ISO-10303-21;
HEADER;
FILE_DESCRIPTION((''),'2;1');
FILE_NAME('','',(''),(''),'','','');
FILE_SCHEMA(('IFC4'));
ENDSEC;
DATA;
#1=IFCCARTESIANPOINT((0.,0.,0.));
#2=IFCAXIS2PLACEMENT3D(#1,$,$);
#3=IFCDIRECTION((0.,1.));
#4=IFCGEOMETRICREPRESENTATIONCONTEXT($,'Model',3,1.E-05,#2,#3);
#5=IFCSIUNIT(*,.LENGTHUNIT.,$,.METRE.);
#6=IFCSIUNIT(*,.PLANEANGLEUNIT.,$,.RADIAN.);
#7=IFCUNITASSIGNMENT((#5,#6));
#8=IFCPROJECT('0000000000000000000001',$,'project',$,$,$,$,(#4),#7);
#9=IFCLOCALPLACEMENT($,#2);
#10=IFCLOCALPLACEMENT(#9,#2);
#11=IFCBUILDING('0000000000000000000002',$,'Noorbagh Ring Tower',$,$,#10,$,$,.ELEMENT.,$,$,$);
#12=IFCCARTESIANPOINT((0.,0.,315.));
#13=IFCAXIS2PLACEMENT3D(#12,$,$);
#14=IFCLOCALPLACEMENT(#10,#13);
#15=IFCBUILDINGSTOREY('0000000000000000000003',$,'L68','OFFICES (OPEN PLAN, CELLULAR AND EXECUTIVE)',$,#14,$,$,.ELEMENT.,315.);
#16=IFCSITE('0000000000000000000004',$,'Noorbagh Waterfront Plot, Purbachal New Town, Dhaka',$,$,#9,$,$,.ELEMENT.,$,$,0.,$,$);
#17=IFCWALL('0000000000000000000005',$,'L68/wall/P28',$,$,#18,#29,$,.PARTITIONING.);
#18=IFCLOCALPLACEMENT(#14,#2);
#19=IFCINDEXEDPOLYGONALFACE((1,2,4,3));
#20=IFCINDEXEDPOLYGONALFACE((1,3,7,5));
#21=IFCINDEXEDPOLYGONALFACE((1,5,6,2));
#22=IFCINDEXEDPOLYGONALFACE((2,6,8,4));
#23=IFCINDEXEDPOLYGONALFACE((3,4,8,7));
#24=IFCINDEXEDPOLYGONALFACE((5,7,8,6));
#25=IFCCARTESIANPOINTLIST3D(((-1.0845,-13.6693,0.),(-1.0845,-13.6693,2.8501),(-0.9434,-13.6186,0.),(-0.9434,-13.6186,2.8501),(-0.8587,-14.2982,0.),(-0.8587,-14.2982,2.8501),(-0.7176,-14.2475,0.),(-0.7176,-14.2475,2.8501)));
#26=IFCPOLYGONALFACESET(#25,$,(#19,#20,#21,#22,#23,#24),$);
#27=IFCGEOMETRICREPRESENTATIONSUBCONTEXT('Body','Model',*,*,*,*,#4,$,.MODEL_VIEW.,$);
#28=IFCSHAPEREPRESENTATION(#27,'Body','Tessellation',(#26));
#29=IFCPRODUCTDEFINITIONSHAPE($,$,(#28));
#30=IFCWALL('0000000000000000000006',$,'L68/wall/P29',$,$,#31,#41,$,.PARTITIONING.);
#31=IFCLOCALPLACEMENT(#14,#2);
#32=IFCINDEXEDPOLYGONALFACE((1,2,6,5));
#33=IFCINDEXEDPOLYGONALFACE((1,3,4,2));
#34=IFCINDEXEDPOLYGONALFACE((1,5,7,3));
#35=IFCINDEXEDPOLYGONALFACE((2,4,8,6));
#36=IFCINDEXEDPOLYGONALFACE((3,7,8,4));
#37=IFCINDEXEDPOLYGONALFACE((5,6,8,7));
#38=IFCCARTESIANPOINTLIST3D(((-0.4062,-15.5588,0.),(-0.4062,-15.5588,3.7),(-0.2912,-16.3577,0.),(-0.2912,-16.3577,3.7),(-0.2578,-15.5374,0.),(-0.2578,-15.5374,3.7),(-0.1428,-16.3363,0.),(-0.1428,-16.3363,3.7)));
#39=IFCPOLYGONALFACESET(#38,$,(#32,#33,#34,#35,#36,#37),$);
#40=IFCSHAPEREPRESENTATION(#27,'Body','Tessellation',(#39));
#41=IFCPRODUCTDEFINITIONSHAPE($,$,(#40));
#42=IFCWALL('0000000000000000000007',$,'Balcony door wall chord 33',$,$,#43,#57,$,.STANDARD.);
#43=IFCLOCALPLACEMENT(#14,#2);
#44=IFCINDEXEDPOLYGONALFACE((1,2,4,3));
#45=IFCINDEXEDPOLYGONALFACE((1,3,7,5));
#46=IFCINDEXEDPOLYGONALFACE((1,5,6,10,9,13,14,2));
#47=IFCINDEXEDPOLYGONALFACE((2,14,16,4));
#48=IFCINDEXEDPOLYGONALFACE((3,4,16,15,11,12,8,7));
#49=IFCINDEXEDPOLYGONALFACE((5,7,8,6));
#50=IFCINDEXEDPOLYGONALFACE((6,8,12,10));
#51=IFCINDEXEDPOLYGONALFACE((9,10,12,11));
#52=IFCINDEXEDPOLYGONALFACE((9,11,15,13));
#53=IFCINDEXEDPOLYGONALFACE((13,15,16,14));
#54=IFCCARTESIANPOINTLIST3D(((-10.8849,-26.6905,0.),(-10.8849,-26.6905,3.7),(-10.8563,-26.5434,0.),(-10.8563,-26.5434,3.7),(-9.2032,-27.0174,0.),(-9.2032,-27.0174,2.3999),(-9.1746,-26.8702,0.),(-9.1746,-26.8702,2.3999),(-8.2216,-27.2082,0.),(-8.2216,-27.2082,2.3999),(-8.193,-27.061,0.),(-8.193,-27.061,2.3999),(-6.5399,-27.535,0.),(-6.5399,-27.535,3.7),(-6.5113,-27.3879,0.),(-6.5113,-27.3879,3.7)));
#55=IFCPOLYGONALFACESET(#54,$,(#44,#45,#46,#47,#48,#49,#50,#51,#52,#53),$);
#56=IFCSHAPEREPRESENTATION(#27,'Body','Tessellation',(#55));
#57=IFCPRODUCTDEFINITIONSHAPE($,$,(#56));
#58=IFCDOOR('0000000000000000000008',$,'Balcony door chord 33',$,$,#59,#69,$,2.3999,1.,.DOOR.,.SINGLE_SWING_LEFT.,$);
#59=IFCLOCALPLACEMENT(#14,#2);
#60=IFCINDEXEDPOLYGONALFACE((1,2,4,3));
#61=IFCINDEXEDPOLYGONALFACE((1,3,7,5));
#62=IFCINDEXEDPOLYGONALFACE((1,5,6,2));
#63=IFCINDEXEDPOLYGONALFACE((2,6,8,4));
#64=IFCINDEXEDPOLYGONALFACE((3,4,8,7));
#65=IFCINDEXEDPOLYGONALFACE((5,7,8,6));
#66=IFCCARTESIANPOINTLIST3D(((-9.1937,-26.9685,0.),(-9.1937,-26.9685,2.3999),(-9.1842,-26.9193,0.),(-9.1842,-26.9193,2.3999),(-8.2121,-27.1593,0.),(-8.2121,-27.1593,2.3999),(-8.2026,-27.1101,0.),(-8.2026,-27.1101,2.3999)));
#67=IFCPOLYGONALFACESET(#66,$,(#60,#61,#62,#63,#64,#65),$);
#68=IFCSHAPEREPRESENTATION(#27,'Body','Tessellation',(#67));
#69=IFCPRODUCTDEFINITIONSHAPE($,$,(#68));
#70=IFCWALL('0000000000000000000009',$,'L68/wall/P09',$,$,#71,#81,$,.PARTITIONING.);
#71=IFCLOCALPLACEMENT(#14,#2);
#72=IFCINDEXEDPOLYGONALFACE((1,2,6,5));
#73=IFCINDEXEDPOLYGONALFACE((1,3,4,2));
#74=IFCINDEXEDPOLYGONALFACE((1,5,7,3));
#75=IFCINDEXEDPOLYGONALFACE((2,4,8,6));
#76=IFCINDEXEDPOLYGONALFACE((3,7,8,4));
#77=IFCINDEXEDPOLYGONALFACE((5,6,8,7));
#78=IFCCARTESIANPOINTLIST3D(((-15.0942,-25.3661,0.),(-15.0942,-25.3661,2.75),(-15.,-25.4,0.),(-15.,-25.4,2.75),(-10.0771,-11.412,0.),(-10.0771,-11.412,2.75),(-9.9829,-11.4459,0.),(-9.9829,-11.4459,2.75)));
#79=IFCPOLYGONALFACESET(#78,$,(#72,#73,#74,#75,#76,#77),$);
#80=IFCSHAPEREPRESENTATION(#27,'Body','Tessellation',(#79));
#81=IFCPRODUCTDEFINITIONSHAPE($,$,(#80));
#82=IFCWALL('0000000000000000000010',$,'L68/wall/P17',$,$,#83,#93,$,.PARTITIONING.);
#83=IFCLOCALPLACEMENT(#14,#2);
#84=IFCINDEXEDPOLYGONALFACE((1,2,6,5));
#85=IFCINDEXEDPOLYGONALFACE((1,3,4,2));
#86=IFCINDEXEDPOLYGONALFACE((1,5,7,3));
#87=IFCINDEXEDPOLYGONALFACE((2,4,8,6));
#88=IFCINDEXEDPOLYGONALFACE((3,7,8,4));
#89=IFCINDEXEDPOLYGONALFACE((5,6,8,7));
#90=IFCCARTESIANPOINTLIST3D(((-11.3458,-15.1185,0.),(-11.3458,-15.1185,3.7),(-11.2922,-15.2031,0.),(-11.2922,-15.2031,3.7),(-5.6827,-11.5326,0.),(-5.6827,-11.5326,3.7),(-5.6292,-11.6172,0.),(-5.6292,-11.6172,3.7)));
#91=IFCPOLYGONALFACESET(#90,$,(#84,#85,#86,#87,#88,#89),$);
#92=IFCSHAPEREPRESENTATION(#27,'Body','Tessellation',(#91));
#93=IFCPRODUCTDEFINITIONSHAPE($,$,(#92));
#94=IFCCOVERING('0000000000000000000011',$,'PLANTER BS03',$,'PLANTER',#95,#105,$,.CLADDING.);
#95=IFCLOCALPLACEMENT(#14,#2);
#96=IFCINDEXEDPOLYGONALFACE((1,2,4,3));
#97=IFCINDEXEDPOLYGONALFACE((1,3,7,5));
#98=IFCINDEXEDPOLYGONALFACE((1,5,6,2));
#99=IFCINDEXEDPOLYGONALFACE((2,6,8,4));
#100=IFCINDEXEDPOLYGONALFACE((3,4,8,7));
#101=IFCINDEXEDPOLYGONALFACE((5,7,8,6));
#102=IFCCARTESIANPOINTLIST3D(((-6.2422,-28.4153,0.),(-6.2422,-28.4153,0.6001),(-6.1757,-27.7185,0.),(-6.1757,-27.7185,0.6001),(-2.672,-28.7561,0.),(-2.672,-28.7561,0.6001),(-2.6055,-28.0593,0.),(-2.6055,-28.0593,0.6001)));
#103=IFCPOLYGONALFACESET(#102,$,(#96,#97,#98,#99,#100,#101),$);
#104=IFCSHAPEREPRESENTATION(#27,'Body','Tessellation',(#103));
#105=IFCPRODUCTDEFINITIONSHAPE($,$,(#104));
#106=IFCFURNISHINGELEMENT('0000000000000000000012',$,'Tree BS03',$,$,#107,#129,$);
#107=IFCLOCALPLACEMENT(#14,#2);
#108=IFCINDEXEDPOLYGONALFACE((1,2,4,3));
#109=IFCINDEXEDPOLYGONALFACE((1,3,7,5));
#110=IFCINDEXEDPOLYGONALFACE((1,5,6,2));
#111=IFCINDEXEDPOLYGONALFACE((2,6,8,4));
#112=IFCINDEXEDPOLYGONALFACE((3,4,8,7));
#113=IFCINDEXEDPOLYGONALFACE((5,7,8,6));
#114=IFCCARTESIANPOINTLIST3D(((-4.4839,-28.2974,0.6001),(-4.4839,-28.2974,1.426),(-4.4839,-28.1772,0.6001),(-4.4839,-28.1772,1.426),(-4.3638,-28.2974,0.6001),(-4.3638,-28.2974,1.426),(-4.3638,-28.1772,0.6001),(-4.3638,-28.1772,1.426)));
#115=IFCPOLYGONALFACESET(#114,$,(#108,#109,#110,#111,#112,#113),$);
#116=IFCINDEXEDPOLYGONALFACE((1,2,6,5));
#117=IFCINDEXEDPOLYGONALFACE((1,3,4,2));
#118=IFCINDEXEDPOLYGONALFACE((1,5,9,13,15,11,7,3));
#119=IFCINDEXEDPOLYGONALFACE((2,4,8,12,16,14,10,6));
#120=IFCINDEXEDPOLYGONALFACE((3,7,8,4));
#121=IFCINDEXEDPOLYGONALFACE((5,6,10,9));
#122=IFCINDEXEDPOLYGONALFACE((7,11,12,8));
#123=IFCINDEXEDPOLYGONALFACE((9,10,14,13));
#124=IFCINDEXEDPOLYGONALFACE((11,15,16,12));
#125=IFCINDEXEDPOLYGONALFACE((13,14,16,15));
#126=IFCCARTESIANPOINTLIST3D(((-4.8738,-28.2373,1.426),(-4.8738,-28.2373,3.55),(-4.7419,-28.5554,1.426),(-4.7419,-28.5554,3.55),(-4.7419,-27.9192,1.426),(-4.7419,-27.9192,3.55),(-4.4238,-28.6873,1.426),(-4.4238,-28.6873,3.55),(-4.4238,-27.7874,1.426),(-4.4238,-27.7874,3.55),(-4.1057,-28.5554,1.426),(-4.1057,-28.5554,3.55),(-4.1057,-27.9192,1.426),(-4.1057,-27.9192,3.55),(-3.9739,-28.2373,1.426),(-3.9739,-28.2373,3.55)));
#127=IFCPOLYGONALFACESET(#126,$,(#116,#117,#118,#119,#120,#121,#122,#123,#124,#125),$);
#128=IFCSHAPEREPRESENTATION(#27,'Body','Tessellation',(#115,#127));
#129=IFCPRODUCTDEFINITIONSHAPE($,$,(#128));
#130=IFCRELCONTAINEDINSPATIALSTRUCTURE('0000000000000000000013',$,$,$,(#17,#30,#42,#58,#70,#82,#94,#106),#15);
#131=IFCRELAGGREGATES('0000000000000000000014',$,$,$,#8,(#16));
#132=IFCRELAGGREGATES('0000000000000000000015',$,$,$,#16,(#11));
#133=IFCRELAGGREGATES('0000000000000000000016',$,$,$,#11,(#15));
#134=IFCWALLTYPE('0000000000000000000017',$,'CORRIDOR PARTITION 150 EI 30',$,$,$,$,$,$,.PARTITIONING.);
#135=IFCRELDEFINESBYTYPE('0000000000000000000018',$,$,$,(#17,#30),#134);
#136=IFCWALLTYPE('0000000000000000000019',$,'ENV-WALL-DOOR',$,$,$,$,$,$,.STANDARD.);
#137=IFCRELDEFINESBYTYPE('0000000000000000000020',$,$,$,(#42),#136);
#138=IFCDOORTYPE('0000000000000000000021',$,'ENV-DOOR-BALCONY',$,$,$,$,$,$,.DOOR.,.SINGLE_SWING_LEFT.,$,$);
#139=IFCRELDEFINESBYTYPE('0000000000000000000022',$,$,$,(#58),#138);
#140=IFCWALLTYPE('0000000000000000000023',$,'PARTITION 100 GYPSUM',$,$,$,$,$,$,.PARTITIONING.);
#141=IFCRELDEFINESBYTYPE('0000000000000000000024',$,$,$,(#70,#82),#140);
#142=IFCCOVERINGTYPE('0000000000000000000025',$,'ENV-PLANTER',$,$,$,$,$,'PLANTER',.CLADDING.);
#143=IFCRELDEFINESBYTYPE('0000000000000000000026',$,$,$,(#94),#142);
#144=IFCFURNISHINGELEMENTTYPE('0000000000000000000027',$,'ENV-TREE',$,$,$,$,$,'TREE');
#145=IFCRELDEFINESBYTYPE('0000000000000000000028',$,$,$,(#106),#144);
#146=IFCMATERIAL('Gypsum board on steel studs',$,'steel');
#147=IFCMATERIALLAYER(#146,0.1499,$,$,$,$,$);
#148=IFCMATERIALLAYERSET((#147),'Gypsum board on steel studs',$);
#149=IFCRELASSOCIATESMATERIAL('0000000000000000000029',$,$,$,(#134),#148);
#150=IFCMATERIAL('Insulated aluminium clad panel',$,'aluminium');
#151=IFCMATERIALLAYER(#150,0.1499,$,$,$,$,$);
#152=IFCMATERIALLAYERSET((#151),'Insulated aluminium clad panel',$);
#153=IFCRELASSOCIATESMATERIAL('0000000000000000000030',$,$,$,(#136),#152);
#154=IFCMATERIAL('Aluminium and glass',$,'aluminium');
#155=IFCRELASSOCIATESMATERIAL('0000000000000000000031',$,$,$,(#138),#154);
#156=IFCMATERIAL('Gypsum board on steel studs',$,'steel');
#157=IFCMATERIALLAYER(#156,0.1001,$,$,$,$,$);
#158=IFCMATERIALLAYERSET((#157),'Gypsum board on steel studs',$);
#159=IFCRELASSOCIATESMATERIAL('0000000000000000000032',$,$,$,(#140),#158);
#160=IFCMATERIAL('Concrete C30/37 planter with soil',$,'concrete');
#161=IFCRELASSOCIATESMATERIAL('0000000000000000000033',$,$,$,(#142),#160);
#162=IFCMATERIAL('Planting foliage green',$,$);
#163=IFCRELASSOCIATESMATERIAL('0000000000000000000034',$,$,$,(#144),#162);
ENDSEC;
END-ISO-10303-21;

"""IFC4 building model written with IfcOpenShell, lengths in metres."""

from ifc_helpers import new_model, si_unit, direction, frame, frame_2d, origin, origin_2d, place, context, subcontext, project, spatial, polyline, rectangle, outline, extrude, material, layer, layer_set, type_object, element, fill, save


model = new_model("IFC4")

# Units and contexts
model_context = context("Model", 3, precision=1e-05, world=origin(), true_north=direction((0.0, 1.0)))
body_context = subcontext(model_context, "Body", "Model", "MODEL_VIEW")
ifc_project = project(units=[si_unit("LENGTHUNIT", "METRE"), si_unit("PLANEANGLEUNIT", "RADIAN")], contexts=[model_context])

# Site, building, storey
site_placement = place(None, origin())
site = spatial("IfcSite", under=ifc_project, at=site_placement, Name="Noorbagh Waterfront Plot, Purbachal New Town, Dhaka", CompositionType="ELEMENT", RefElevation=0.0)
building_placement = place(site_placement, origin())
building = spatial("IfcBuilding", under=site, at=building_placement, Name="Noorbagh Ring Tower", CompositionType="ELEMENT")
storey_placement = place(building_placement, frame((0.0, 0.0, 315.0)))
storey = spatial("IfcBuildingStorey", under=building, at=storey_placement, Name="L68", Description="OFFICES (OPEN PLAN, CELLULAR AND EXECUTIVE)", CompositionType="ELEMENT", Elevation=315.0)

# Walls
ifc_material_1 = material(Name="Gypsum board on steel studs", Category="steel")
ifc_layer_1 = layer(ifc_material_1, 0.1499)
ifc_layer_set_1 = layer_set([ifc_layer_1], Name="Gypsum board on steel studs")
wall_type_1 = type_object("IfcWallType", Name="CORRIDOR PARTITION 150 EI 30", PredefinedType="PARTITIONING", material=ifc_layer_set_1)
wall_1_placement = place(storey_placement, frame((-1.0139, -13.644, 0.0), z_axis=(0.0, 0.0, 1.0), x_axis=(0.337956, -0.941162, 0.0)))
element("IfcWall", 1, at=wall_1_placement, inside=storey, type_object=wall_type_1, Name="L68/wall/P28", PredefinedType="PARTITIONING", context=body_context, shape_type="SweptSolid", body=[
    extrude(rectangle(XDim=0.6682, YDim=0.1499, at=frame_2d((0.334, 0.0))), origin(), (0.0, 0.0, 1.0), 2.8501),
])
wall_2_placement = place(storey_placement, frame((-0.332, -15.5481, 0.0), z_axis=(0.0, 0.0, 1.0), x_axis=(0.14248, -0.989798, 0.0)))
element("IfcWall", 2, at=wall_2_placement, inside=storey, type_object=wall_type_1, Name="L68/wall/P29", PredefinedType="PARTITIONING", context=body_context, shape_type="SweptSolid", body=[
    extrude(rectangle(XDim=0.8071, YDim=0.1499, at=frame_2d((0.4036, 0.0))), origin(), (0.0, 0.0, 1.0), 3.7),
])

# Wall, opening, door
ifc_material_2 = material(Name="Insulated aluminium clad panel", Category="aluminium")
ifc_layer_2 = layer(ifc_material_2, 0.1499)
ifc_layer_set_2 = layer_set([ifc_layer_2], Name="Insulated aluminium clad panel")
wall_type_2 = type_object("IfcWallType", Name="ENV-WALL-DOOR", PredefinedType="STANDARD", material=ifc_layer_set_2)
wall_3_placement = place(storey_placement, frame((-10.8706, -26.6169, 0.0), z_axis=(0.0, 0.0, 1.0), x_axis=(0.981631, -0.190788, 0.0)))
wall_3 = element("IfcWall", 3, at=wall_3_placement, inside=storey, type_object=wall_type_2, Name="Balcony door wall chord 33", PredefinedType="STANDARD", context=body_context, shape_type="SweptSolid", body=[
    extrude(rectangle(XDim=4.4263, YDim=0.1499, at=frame_2d((2.2131, 0.0))), origin(), (0.0, 0.0, 1.0), 3.7),
])
opening_placement = place(wall_3_placement, frame((1.7131, 0.0, 0.0)))
opening = element("IfcOpeningElement", 4, at=opening_placement, cuts=wall_3, PredefinedType="OPENING", context=body_context, shape_type="SweptSolid", body=[
    extrude(rectangle(XDim=1.0, YDim=2.3999, at=frame_2d((0.5, 1.2))), frame((0.0, 0.085, 0.0), z_axis=(0.0, -1.0, 0.0), x_axis=(1.0, 0.0, 0.0)), (0.0, 0.0, 1.0), 0.1699),
])
ifc_material_3 = material(Name="Aluminium and glass", Category="aluminium")
door_type = type_object("IfcDoorType", Name="ENV-DOOR-BALCONY", OperationType="SINGLE_SWING_LEFT", PredefinedType="DOOR", material=ifc_material_3)
door_placement = place(opening_placement, origin())
door = element("IfcDoor", 5, at=door_placement, inside=storey, type_object=door_type, Name="Balcony door chord 33", OperationType="SINGLE_SWING_LEFT", OverallHeight=2.3999, OverallWidth=1.0, PredefinedType="DOOR", context=body_context, shape_type="SweptSolid", body=[
    extrude(rectangle(XDim=1.0, YDim=2.3999, at=frame_2d((0.5, 1.2))), frame((0.0, 0.0249, 0.0), z_axis=(0.0, -1.0, 0.0), x_axis=(1.0, 0.0, 0.0)), (0.0, 0.0, 1.0), 0.05),
])
fill(opening, door)

# Walls
ifc_material_4 = material(Name="Gypsum board on steel studs", Category="steel")
ifc_layer_3 = layer(ifc_material_4, 0.1001)
ifc_layer_set_3 = layer_set([ifc_layer_3], Name="Gypsum board on steel studs")
wall_type_3 = type_object("IfcWallType", Name="PARTITION 100 GYPSUM", PredefinedType="PARTITIONING", material=ifc_layer_set_3)
wall_4_placement = place(storey_placement, frame((-15.0471, -25.3831, 0.0), z_axis=(0.0, 0.0, 1.0), x_axis=(0.338338, 0.941025, 0.0)))
element("IfcWall", 6, at=wall_4_placement, inside=storey, type_object=wall_type_3, Name="L68/wall/P09", PredefinedType="PARTITIONING", context=body_context, shape_type="SweptSolid", body=[
    extrude(rectangle(XDim=14.8286, YDim=0.1001, at=frame_2d((7.4143, 0.0))), origin(), (0.0, 0.0, 1.0), 2.75),
])
wall_5_placement = place(storey_placement, frame((-11.3191, -15.1609, 0.0), z_axis=(0.0, 0.0, 1.0), x_axis=(0.844865, 0.534979, 0.0)))
element("IfcWall", 7, at=wall_5_placement, inside=storey, type_object=wall_type_3, Name="L68/wall/P17", PredefinedType="PARTITIONING", context=body_context, shape_type="SweptSolid", body=[
    extrude(rectangle(XDim=6.7029, YDim=0.1001, at=frame_2d((3.3516, 0.0))), origin(), (0.0, 0.0, 1.0), 3.7),
])

# Covering
ifc_material_5 = material(Name="Concrete C30/37 planter with soil", Category="concrete")
covering_type = type_object("IfcCoveringType", Name="ENV-PLANTER", ElementType="PLANTER", PredefinedType="CLADDING", material=ifc_material_5)
covering_placement = place(storey_placement, frame((-4.4238, -28.2373, 0.0), z_axis=(0.0, 0.0, 1.0), x_axis=(0.995476, -0.095008, 0.0)))
element("IfcCovering", 8, at=covering_placement, inside=storey, type_object=covering_type, Name="PLANTER BS03", ObjectType="PLANTER", PredefinedType="CLADDING", context=body_context, shape_type="SweptSolid", body=[
    extrude(rectangle(XDim=3.5864, YDim=0.7, at=origin_2d()), origin(), (0.0, 0.0, 1.0), 0.6001),
])

# Furnishing element
ifc_material_6 = material(Name="Planting foliage green")
furnishing_element_type = type_object("IfcFurnishingElementType", Name="ENV-TREE", ElementType="TREE", material=ifc_material_6)
furnishing_placement = place(storey_placement, frame((-4.4238, -28.2373, 0.6001), z_axis=(0.0, 0.0, 1.0), x_axis=(1.0, 0.0, 0.0)))
element("IfcFurnishingElement", 9, at=furnishing_placement, inside=storey, type_object=furnishing_element_type, Name="Tree BS03", context=body_context, shape_type="SweptSolid", body=[
    extrude(rectangle(XDim=0.1201, YDim=0.1201, at=origin_2d()), origin(), (0.0, 0.0, 1.0), 0.8259),
    extrude(outline(polyline([(0.45, 0.0), (0.3181, 0.3181), (0.0, 0.45), (-0.3181, 0.3181), (-0.45, 0.0), (-0.3181, -0.3181), (0.0, -0.45), (0.3181, -0.3181), (0.45, 0.0)])), frame((0.0, 0.0, 0.8259)), (0.0, 0.0, 1.0), 2.124),
])

save(model, "model.ifc")
